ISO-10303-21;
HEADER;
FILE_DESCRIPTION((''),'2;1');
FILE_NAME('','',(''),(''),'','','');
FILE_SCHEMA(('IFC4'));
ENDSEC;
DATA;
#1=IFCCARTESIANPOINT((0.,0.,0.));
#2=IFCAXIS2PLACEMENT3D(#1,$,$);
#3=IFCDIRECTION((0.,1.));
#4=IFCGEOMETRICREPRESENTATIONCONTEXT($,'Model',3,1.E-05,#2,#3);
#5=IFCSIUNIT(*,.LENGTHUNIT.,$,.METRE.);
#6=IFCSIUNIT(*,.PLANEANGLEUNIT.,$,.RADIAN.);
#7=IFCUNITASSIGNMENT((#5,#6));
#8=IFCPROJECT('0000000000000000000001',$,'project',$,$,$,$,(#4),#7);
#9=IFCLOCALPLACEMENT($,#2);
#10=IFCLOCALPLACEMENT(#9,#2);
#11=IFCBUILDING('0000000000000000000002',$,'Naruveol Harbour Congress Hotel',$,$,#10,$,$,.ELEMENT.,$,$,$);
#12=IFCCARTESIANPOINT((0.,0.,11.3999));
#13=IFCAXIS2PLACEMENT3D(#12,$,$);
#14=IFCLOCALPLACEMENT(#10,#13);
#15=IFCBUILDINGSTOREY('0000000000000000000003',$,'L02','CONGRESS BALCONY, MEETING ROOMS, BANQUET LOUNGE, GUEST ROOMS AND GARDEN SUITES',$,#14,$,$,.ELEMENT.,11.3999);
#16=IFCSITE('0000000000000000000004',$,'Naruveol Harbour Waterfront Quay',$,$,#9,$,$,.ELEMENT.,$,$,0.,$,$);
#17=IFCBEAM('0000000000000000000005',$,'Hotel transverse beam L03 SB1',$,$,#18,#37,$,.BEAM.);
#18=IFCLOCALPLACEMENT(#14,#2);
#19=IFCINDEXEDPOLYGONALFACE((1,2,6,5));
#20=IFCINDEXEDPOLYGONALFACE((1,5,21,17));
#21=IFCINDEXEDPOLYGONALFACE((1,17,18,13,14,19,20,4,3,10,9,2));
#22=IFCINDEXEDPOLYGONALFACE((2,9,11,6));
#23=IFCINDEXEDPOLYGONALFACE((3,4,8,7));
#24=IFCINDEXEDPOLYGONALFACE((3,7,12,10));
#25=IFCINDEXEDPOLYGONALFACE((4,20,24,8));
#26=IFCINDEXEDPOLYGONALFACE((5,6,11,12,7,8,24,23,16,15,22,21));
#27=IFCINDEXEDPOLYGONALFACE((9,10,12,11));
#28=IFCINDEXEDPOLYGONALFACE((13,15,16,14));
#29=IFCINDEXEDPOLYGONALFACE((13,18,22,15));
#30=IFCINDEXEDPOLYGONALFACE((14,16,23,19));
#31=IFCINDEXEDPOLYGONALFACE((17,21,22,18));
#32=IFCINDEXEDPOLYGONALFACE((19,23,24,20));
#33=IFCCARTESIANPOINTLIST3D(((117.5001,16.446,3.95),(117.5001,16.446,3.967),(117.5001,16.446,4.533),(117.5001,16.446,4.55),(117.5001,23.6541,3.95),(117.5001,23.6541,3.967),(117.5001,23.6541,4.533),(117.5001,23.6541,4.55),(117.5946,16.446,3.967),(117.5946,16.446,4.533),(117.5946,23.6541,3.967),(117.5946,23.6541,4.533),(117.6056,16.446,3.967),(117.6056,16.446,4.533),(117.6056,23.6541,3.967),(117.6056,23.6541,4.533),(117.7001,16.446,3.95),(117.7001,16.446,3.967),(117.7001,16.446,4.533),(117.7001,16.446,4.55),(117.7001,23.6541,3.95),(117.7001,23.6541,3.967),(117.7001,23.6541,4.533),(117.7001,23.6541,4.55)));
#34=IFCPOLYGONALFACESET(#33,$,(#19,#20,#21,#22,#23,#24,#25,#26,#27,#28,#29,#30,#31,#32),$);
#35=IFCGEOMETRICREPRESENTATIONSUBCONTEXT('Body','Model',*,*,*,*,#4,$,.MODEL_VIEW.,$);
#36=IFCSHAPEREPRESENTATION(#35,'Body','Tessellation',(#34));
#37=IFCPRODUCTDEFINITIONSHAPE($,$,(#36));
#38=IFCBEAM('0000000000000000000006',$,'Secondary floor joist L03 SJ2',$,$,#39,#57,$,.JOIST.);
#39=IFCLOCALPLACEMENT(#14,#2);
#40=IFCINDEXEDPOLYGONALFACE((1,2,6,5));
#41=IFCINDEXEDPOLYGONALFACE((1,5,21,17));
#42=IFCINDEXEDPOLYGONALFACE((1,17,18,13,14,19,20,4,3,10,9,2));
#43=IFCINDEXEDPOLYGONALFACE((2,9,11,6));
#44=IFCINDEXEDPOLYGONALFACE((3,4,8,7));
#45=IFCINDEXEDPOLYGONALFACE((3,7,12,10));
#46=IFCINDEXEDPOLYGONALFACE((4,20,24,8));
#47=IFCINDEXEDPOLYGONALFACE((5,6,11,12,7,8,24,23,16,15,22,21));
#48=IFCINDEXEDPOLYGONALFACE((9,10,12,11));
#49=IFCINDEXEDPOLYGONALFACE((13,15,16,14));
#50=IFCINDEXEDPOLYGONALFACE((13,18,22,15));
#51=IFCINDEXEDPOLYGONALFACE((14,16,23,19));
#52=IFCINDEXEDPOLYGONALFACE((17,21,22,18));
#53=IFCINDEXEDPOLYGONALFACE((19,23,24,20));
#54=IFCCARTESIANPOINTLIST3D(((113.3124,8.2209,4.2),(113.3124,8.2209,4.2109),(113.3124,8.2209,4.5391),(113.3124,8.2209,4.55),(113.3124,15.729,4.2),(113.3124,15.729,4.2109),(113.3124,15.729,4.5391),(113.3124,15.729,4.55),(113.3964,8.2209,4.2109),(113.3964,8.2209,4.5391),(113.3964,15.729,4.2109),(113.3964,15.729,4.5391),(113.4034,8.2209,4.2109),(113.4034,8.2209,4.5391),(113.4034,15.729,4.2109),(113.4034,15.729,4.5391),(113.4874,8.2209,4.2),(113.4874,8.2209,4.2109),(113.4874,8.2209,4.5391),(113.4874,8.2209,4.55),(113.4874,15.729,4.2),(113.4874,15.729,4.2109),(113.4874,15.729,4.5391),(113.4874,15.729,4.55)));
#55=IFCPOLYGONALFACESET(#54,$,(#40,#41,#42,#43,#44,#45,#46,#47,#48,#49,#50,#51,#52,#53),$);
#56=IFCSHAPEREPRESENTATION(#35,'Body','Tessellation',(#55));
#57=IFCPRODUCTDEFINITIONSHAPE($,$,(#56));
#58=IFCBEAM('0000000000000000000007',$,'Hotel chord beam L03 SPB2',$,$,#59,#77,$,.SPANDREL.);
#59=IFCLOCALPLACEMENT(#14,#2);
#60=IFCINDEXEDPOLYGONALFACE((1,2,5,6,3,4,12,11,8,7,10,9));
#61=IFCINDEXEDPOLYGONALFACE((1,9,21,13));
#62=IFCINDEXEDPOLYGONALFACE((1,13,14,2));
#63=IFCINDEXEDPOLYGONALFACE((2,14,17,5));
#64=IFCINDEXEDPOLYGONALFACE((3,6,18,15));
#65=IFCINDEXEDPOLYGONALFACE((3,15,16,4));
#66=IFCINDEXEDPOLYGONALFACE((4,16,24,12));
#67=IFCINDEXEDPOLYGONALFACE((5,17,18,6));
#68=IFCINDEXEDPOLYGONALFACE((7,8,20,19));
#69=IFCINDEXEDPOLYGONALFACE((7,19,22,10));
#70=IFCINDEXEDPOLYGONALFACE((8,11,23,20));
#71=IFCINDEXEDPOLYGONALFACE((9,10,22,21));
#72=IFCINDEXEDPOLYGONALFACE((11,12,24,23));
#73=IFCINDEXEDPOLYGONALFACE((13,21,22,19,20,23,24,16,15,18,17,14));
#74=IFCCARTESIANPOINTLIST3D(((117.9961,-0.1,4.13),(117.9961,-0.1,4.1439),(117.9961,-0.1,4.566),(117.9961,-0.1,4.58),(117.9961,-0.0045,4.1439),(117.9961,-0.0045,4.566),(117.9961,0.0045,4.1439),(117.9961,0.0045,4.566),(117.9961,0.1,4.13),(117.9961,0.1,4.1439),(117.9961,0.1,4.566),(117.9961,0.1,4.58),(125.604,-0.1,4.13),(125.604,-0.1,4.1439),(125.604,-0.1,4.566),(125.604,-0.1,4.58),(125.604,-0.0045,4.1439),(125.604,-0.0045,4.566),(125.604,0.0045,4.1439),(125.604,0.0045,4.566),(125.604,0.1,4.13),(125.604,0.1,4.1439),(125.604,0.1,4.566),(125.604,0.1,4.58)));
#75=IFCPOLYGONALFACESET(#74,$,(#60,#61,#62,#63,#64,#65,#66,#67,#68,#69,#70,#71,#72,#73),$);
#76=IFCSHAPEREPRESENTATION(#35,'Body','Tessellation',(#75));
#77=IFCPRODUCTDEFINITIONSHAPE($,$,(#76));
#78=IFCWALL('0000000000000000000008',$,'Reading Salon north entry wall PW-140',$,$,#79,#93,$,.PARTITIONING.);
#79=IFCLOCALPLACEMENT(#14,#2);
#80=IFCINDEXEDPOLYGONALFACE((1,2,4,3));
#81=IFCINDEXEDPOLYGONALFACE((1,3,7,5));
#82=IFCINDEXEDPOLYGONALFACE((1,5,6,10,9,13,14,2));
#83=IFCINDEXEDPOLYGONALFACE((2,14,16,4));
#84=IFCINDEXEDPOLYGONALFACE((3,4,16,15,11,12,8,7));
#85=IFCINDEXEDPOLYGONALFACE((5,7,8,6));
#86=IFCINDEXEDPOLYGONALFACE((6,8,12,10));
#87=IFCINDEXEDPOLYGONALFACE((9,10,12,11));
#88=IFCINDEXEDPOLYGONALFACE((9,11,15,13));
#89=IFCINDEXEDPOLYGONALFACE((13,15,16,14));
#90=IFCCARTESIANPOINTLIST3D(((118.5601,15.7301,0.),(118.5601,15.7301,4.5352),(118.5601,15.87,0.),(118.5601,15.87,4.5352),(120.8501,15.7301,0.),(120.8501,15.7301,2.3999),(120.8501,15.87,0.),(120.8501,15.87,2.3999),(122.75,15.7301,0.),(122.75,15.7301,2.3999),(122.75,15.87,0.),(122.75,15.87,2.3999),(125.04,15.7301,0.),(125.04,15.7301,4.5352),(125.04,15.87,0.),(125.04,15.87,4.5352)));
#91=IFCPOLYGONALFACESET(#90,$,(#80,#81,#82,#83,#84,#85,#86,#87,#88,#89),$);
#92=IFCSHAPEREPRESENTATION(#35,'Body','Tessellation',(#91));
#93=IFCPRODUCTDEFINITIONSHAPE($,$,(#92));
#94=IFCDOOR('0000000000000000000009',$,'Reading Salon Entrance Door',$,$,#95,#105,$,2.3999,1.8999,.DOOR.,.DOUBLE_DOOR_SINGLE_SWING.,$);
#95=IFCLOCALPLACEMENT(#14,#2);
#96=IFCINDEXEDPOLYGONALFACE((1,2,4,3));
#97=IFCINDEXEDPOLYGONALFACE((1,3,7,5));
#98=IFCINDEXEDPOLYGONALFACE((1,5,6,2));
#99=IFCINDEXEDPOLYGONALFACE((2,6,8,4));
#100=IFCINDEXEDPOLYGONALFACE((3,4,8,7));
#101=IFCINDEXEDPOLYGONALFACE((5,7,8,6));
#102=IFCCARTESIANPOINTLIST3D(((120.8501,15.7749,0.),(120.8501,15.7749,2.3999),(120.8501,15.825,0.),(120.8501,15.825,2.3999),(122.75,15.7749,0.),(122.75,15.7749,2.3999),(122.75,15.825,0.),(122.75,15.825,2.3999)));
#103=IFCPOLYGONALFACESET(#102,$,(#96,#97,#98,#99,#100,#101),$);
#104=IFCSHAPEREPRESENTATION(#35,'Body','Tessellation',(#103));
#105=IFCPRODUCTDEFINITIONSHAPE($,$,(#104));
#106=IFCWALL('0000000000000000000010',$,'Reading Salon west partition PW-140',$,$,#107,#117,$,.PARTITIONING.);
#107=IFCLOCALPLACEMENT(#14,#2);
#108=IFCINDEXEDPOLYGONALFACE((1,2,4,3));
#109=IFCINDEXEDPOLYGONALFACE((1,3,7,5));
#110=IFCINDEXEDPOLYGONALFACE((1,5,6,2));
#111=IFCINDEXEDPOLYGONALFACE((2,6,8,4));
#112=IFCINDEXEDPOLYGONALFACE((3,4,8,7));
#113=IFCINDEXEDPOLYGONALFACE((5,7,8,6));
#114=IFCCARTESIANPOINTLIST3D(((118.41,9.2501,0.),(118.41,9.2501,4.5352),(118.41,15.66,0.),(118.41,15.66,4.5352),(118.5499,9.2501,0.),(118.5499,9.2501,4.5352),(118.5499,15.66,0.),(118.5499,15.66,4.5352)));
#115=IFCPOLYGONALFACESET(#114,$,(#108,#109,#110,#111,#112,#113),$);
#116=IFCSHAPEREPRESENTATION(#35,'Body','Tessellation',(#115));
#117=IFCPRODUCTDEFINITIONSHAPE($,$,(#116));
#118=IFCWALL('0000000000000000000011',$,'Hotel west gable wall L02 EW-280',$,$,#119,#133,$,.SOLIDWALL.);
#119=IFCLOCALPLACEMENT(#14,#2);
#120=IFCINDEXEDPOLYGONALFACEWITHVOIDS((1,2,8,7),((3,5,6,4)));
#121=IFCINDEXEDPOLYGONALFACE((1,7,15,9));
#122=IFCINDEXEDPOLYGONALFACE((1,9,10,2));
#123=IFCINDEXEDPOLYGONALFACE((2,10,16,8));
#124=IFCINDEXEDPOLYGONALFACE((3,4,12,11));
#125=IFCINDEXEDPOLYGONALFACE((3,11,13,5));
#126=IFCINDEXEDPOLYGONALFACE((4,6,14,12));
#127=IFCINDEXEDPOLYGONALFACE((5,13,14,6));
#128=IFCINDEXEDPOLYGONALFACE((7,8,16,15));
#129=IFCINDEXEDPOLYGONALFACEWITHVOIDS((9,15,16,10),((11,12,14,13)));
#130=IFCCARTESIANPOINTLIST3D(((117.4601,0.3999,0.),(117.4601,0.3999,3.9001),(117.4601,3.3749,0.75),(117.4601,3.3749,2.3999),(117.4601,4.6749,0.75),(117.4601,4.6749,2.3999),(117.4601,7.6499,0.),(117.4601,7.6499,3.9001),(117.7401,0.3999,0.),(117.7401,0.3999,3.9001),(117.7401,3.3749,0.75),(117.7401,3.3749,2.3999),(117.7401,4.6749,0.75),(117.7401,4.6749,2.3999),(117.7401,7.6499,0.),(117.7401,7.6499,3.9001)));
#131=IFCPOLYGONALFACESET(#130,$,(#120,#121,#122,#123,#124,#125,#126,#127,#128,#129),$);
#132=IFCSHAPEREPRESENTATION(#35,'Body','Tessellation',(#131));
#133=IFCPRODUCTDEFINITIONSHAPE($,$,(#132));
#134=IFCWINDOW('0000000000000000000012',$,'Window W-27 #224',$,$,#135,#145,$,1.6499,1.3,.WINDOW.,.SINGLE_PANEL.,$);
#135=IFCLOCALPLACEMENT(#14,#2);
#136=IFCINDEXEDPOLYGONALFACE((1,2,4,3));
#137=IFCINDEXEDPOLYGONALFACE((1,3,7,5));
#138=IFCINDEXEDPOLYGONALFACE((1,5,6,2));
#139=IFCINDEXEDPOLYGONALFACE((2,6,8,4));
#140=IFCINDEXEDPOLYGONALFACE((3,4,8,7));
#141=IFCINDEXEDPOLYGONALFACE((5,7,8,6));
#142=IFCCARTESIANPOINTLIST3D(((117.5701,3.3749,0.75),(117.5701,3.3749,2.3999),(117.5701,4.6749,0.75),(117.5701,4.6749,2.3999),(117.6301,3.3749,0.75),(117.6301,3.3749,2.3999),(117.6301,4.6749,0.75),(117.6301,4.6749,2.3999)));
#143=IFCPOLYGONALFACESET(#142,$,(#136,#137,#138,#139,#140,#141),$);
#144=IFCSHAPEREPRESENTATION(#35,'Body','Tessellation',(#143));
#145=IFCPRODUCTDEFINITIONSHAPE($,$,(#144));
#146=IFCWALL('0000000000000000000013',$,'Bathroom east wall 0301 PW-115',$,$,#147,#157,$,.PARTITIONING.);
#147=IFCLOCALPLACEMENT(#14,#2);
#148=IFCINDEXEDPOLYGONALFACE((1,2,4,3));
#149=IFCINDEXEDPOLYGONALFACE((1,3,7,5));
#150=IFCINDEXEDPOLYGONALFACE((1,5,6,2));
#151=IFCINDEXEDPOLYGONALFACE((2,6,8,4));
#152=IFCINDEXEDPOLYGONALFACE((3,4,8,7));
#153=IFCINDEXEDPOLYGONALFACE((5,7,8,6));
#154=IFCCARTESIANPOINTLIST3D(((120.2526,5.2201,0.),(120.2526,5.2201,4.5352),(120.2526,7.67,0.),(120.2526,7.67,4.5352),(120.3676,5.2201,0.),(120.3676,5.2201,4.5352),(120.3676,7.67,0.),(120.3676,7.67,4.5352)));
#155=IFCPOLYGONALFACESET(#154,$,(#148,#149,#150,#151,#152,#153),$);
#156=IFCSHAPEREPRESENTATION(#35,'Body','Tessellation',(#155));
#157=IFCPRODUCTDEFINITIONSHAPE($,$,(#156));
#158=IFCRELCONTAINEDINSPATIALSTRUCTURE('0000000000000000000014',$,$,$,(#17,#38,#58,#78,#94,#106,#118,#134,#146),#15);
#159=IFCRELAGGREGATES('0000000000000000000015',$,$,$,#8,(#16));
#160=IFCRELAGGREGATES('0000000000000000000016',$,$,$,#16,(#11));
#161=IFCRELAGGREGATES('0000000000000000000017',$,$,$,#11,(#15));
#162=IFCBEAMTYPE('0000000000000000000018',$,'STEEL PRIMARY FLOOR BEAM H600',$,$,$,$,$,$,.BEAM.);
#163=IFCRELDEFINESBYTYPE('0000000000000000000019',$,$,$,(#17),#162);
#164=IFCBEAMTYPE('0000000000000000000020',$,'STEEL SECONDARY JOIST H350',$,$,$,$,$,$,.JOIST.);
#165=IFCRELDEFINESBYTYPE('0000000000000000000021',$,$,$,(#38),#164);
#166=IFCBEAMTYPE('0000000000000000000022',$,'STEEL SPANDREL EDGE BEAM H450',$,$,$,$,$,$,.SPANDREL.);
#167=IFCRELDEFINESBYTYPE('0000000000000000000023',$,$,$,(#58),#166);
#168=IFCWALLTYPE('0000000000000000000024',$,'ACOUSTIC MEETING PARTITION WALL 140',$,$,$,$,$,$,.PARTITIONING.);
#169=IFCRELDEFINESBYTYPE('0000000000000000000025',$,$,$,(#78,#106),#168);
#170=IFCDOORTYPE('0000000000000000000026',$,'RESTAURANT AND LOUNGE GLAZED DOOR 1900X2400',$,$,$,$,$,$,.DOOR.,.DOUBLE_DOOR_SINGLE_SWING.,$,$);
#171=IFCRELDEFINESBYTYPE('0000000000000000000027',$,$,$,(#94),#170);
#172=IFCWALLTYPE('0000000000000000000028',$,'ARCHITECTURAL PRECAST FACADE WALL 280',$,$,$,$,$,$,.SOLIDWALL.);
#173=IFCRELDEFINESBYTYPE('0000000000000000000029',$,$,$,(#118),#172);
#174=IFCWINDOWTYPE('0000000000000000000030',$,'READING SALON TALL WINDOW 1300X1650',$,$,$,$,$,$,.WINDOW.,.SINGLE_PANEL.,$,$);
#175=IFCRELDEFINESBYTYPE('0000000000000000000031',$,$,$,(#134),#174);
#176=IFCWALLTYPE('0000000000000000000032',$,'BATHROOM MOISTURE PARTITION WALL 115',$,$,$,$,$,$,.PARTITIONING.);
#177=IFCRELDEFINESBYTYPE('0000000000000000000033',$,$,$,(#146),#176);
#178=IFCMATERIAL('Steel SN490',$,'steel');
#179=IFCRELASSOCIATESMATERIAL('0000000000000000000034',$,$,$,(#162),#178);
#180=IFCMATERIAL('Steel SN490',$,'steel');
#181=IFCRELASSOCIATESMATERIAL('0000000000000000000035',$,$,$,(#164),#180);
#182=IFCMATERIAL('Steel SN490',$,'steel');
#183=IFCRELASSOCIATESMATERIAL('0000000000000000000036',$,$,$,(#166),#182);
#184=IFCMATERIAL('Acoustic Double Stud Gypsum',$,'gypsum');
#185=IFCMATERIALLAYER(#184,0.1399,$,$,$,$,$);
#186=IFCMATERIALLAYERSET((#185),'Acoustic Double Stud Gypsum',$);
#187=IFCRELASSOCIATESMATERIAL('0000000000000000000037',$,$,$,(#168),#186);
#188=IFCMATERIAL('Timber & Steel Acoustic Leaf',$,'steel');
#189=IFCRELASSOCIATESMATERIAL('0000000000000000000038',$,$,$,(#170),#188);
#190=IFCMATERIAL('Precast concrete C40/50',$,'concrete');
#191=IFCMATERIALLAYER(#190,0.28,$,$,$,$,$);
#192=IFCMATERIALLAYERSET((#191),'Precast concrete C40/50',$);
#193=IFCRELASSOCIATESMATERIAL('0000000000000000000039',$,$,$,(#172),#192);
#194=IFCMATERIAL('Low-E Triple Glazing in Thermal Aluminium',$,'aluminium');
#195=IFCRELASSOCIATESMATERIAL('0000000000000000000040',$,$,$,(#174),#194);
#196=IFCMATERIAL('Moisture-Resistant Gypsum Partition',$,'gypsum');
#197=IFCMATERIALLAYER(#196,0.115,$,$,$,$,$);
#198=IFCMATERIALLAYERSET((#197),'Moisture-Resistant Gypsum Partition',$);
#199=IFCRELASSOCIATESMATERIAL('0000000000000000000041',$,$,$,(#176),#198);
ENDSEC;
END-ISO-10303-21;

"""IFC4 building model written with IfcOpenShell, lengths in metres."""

from ifc_helpers import new_model, si_unit, direction, frame, frame_2d, origin, origin_2d, place, context, subcontext, project, spatial, rectangle, i_section, extrude, material, layer, layer_set, material_profile, profile_set, type_object, element, fill, save


model = new_model("IFC4")

# Units and contexts
model_context = context("Model", 3, precision=1e-05, world=origin(), true_north=direction((0.0, 1.0)))
body_context = subcontext(model_context, "Body", "Model", "MODEL_VIEW")
ifc_project = project(units=[si_unit("LENGTHUNIT", "METRE"), si_unit("PLANEANGLEUNIT", "RADIAN")], contexts=[model_context])

# Site, building, storey
site_placement = place(None, origin())
site = spatial("IfcSite", under=ifc_project, at=site_placement, Name="Naruveol Harbour Waterfront Quay", CompositionType="ELEMENT", RefElevation=0.0)
building_placement = place(site_placement, origin())
building = spatial("IfcBuilding", under=site, at=building_placement, Name="Naruveol Harbour Congress Hotel", CompositionType="ELEMENT")
storey_placement = place(building_placement, frame((0.0, 0.0, 11.3999)))
storey = spatial("IfcBuildingStorey", under=building, at=storey_placement, Name="L02", Description="CONGRESS BALCONY, MEETING ROOMS, BANQUET LOUNGE, GUEST ROOMS AND GARDEN SUITES", CompositionType="ELEMENT", Elevation=11.3999)

# Beams
ifc_material_1 = material(Name="Steel SN490", Category="steel")
ifc_material_profile_1 = material_profile(ifc_material_1, i_section(OverallWidth=0.2, OverallDepth=0.6001, WebThickness=0.011, FlangeThickness=0.0171, at=origin_2d()), Name="H-600x200x11x17")
ifc_profile_set_1 = profile_set([ifc_material_profile_1], Name="Steel SN490")
beam_type_1 = type_object("IfcBeamType", Name="STEEL PRIMARY FLOOR BEAM H600", PredefinedType="BEAM", material=ifc_profile_set_1)
for number, where, z_axis, x_axis, name in (
    (1, (117.6001, 16.446, 4.25), (0.0, 1.0, 0.0), (-1.0, 0.0, 0.0), "Hotel transverse beam L03 SB1"),
):
    element("IfcBeam", number, at=place(storey_placement, frame(where, z_axis=z_axis, x_axis=x_axis)), inside=storey, type_object=beam_type_1, Name=name, PredefinedType="BEAM", context=body_context, shape_type="SweptSolid", body=[
        extrude(i_section(OverallWidth=0.2, OverallDepth=0.6001, WebThickness=0.011, FlangeThickness=0.0171, at=origin_2d()), origin(), (0.0, 0.0, 1.0), 7.208),
    ])
ifc_material_2 = material(Name="Steel SN490", Category="steel")
ifc_material_profile_2 = material_profile(ifc_material_2, i_section(OverallWidth=0.175, OverallDepth=0.3501, WebThickness=0.0071, FlangeThickness=0.011, at=origin_2d()), Name="H-350x175x7x11")
ifc_profile_set_2 = profile_set([ifc_material_profile_2], Name="Steel SN490")
beam_type_2 = type_object("IfcBeamType", Name="STEEL SECONDARY JOIST H350", PredefinedType="JOIST", material=ifc_profile_set_2)
beam_1_placement = place(storey_placement, frame((113.3999, 8.2209, 4.375), z_axis=(0.0, 1.0, 0.0), x_axis=(-1.0, 0.0, 0.0)))
element("IfcBeam", 2, at=beam_1_placement, inside=storey, type_object=beam_type_2, Name="Secondary floor joist L03 SJ2", PredefinedType="JOIST", context=body_context, shape_type="SweptSolid", body=[
    extrude(i_section(OverallWidth=0.175, OverallDepth=0.3501, WebThickness=0.0071, FlangeThickness=0.011, at=origin_2d()), origin(), (0.0, 0.0, 1.0), 7.5081),
])
ifc_material_3 = material(Name="Steel SN490", Category="steel")
ifc_material_profile_3 = material_profile(ifc_material_3, i_section(OverallWidth=0.2, OverallDepth=0.45, WebThickness=0.009, FlangeThickness=0.0139, at=origin_2d()), Name="H-450x200x9x14")
ifc_profile_set_3 = profile_set([ifc_material_profile_3], Name="Steel SN490")
beam_type_3 = type_object("IfcBeamType", Name="STEEL SPANDREL EDGE BEAM H450", PredefinedType="SPANDREL", material=ifc_profile_set_3)
beam_2_placement = place(storey_placement, frame((117.9961, 0.0, 4.355), z_axis=(1.0, 0.0, 0.0), x_axis=(0.0, 1.0, 0.0)))
element("IfcBeam", 3, at=beam_2_placement, inside=storey, type_object=beam_type_3, Name="Hotel chord beam L03 SPB2", PredefinedType="SPANDREL", context=body_context, shape_type="SweptSolid", body=[
    extrude(i_section(OverallWidth=0.2, OverallDepth=0.45, WebThickness=0.009, FlangeThickness=0.0139, at=origin_2d()), origin(), (0.0, 0.0, 1.0), 7.6079),
])

# Wall, opening, door
ifc_material_4 = material(Name="Acoustic Double Stud Gypsum", Category="gypsum")
ifc_layer_1 = layer(ifc_material_4, 0.1399)
ifc_layer_set_1 = layer_set([ifc_layer_1], Name="Acoustic Double Stud Gypsum")
wall_type_1 = type_object("IfcWallType", Name="ACOUSTIC MEETING PARTITION WALL 140", PredefinedType="PARTITIONING", material=ifc_layer_set_1)
wall_1_placement = place(storey_placement, frame((118.5601, 15.8, 0.0), z_axis=(0.0, 0.0, 1.0), x_axis=(1.0, 0.0, 0.0)))
wall_1 = element("IfcWall", 4, at=wall_1_placement, inside=storey, type_object=wall_type_1, Name="Reading Salon north entry wall PW-140", PredefinedType="PARTITIONING", context=body_context, shape_type="SweptSolid", body=[
    extrude(rectangle(XDim=6.48, YDim=0.1399, at=frame_2d((3.24, 0.0))), origin(), (0.0, 0.0, 1.0), 4.5352),
])
opening_1_placement = place(wall_1_placement, frame((2.29, 0.0, 0.0)))
opening_1 = element("IfcOpeningElement", 5, at=opening_1_placement, cuts=wall_1, PredefinedType="OPENING", context=body_context, shape_type="SweptSolid", body=[
    extrude(rectangle(XDim=1.8999, YDim=2.3999, at=frame_2d((0.95, 1.2))), frame((0.0, 0.0798, 0.0), z_axis=(0.0, -1.0, 0.0), x_axis=(1.0, 0.0, 0.0)), (0.0, 0.0, 1.0), 0.1599),
])
ifc_material_5 = material(Name="Timber & Steel Acoustic Leaf", Category="steel")
door_type_1 = type_object("IfcDoorType", Name="RESTAURANT AND LOUNGE GLAZED DOOR 1900X2400", OperationType="DOUBLE_DOOR_SINGLE_SWING", PredefinedType="DOOR", material=ifc_material_5)
door_1_placement = place(opening_1_placement, origin())
door_1 = element("IfcDoor", 6, at=door_1_placement, inside=storey, type_object=door_type_1, Name="Reading Salon Entrance Door", OperationType="DOUBLE_DOOR_SINGLE_SWING", OverallHeight=2.3999, OverallWidth=1.8999, PredefinedType="DOOR", context=body_context, shape_type="SweptSolid", body=[
    extrude(rectangle(XDim=1.8999, YDim=2.3999, at=frame_2d((0.95, 1.2))), frame((0.0, 0.0249, 0.0), z_axis=(0.0, -1.0, 0.0), x_axis=(1.0, 0.0, 0.0)), (0.0, 0.0, 1.0), 0.05),
])
fill(opening_1, door_1)

# Wall
wall_2_placement = place(storey_placement, frame((118.48, 9.25, 0.0), z_axis=(0.0, 0.0, 1.0), x_axis=(0.0, 1.0, 0.0)))
element("IfcWall", 7, at=wall_2_placement, inside=storey, type_object=wall_type_1, Name="Reading Salon west partition PW-140", PredefinedType="PARTITIONING", context=body_context, shape_type="SweptSolid", body=[
    extrude(rectangle(XDim=6.4099, YDim=0.1399, at=frame_2d((3.2051, 0.0))), origin(), (0.0, 0.0, 1.0), 4.5352),
])

# Wall, opening, window
ifc_material_6 = material(Name="Precast concrete C40/50", Category="concrete")
ifc_layer_2 = layer(ifc_material_6, 0.28)
ifc_layer_set_2 = layer_set([ifc_layer_2], Name="Precast concrete C40/50")
wall_type_2 = type_object("IfcWallType", Name="ARCHITECTURAL PRECAST FACADE WALL 280", PredefinedType="SOLIDWALL", material=ifc_layer_set_2)
wall_3_placement = place(storey_placement, frame((117.6001, 0.3999, 0.0), z_axis=(0.0, 0.0, 1.0), x_axis=(0.0, 1.0, 0.0)))
wall_3 = element("IfcWall", 8, at=wall_3_placement, inside=storey, type_object=wall_type_2, Name="Hotel west gable wall L02 EW-280", PredefinedType="SOLIDWALL", context=body_context, shape_type="SweptSolid", body=[
    extrude(rectangle(XDim=7.25, YDim=0.28, at=frame_2d((3.625, 0.0))), origin(), (0.0, 0.0, 1.0), 3.9001),
])
opening_2_placement = place(wall_3_placement, frame((2.9751, 0.0, 0.75)))
opening_2 = element("IfcOpeningElement", 9, at=opening_2_placement, cuts=wall_3, PredefinedType="OPENING", context=body_context, shape_type="SweptSolid", body=[
    extrude(rectangle(XDim=1.3, YDim=1.6499, at=frame_2d((0.6499, 0.825))), frame((0.0, 0.1499, 0.0), z_axis=(0.0, -1.0, 0.0), x_axis=(1.0, 0.0, 0.0)), (0.0, 0.0, 1.0), 0.3),
])
ifc_material_7 = material(Name="Low-E Triple Glazing in Thermal Aluminium", Category="aluminium")
window_type_1 = type_object("IfcWindowType", Name="READING SALON TALL WINDOW 1300X1650", PartitioningType="SINGLE_PANEL", PredefinedType="WINDOW", material=ifc_material_7)
window_1_placement = place(opening_2_placement, origin())
window_1 = element("IfcWindow", 10, at=window_1_placement, inside=storey, type_object=window_type_1, Name="Window W-27 #224", OverallHeight=1.6499, OverallWidth=1.3, PartitioningType="SINGLE_PANEL", PredefinedType="WINDOW", context=body_context, shape_type="SweptSolid", body=[
    extrude(rectangle(XDim=1.3, YDim=1.6499, at=frame_2d((0.6499, 0.825))), frame((0.0, 0.03, 0.0), z_axis=(0.0, -1.0, 0.0), x_axis=(1.0, 0.0, 0.0)), (0.0, 0.0, 1.0), 0.0601),
])
fill(opening_2, window_1)

# Wall
ifc_material_8 = material(Name="Moisture-Resistant Gypsum Partition", Category="gypsum")
ifc_layer_3 = layer(ifc_material_8, 0.115)
ifc_layer_set_3 = layer_set([ifc_layer_3], Name="Moisture-Resistant Gypsum Partition")
wall_type_3 = type_object("IfcWallType", Name="BATHROOM MOISTURE PARTITION WALL 115", PredefinedType="PARTITIONING", material=ifc_layer_set_3)
wall_4_placement = place(storey_placement, frame((120.3101, 5.22, 0.0), z_axis=(0.0, 0.0, 1.0), x_axis=(0.0, 1.0, 0.0)))
element("IfcWall", 11, at=wall_4_placement, inside=storey, type_object=wall_type_3, Name="Bathroom east wall 0301 PW-115", PredefinedType="PARTITIONING", context=body_context, shape_type="SweptSolid", body=[
    extrude(rectangle(XDim=2.45, YDim=0.115, at=frame_2d((1.2251, 0.0))), origin(), (0.0, 0.0, 1.0), 4.5352),
])

save(model, "model.ifc")
